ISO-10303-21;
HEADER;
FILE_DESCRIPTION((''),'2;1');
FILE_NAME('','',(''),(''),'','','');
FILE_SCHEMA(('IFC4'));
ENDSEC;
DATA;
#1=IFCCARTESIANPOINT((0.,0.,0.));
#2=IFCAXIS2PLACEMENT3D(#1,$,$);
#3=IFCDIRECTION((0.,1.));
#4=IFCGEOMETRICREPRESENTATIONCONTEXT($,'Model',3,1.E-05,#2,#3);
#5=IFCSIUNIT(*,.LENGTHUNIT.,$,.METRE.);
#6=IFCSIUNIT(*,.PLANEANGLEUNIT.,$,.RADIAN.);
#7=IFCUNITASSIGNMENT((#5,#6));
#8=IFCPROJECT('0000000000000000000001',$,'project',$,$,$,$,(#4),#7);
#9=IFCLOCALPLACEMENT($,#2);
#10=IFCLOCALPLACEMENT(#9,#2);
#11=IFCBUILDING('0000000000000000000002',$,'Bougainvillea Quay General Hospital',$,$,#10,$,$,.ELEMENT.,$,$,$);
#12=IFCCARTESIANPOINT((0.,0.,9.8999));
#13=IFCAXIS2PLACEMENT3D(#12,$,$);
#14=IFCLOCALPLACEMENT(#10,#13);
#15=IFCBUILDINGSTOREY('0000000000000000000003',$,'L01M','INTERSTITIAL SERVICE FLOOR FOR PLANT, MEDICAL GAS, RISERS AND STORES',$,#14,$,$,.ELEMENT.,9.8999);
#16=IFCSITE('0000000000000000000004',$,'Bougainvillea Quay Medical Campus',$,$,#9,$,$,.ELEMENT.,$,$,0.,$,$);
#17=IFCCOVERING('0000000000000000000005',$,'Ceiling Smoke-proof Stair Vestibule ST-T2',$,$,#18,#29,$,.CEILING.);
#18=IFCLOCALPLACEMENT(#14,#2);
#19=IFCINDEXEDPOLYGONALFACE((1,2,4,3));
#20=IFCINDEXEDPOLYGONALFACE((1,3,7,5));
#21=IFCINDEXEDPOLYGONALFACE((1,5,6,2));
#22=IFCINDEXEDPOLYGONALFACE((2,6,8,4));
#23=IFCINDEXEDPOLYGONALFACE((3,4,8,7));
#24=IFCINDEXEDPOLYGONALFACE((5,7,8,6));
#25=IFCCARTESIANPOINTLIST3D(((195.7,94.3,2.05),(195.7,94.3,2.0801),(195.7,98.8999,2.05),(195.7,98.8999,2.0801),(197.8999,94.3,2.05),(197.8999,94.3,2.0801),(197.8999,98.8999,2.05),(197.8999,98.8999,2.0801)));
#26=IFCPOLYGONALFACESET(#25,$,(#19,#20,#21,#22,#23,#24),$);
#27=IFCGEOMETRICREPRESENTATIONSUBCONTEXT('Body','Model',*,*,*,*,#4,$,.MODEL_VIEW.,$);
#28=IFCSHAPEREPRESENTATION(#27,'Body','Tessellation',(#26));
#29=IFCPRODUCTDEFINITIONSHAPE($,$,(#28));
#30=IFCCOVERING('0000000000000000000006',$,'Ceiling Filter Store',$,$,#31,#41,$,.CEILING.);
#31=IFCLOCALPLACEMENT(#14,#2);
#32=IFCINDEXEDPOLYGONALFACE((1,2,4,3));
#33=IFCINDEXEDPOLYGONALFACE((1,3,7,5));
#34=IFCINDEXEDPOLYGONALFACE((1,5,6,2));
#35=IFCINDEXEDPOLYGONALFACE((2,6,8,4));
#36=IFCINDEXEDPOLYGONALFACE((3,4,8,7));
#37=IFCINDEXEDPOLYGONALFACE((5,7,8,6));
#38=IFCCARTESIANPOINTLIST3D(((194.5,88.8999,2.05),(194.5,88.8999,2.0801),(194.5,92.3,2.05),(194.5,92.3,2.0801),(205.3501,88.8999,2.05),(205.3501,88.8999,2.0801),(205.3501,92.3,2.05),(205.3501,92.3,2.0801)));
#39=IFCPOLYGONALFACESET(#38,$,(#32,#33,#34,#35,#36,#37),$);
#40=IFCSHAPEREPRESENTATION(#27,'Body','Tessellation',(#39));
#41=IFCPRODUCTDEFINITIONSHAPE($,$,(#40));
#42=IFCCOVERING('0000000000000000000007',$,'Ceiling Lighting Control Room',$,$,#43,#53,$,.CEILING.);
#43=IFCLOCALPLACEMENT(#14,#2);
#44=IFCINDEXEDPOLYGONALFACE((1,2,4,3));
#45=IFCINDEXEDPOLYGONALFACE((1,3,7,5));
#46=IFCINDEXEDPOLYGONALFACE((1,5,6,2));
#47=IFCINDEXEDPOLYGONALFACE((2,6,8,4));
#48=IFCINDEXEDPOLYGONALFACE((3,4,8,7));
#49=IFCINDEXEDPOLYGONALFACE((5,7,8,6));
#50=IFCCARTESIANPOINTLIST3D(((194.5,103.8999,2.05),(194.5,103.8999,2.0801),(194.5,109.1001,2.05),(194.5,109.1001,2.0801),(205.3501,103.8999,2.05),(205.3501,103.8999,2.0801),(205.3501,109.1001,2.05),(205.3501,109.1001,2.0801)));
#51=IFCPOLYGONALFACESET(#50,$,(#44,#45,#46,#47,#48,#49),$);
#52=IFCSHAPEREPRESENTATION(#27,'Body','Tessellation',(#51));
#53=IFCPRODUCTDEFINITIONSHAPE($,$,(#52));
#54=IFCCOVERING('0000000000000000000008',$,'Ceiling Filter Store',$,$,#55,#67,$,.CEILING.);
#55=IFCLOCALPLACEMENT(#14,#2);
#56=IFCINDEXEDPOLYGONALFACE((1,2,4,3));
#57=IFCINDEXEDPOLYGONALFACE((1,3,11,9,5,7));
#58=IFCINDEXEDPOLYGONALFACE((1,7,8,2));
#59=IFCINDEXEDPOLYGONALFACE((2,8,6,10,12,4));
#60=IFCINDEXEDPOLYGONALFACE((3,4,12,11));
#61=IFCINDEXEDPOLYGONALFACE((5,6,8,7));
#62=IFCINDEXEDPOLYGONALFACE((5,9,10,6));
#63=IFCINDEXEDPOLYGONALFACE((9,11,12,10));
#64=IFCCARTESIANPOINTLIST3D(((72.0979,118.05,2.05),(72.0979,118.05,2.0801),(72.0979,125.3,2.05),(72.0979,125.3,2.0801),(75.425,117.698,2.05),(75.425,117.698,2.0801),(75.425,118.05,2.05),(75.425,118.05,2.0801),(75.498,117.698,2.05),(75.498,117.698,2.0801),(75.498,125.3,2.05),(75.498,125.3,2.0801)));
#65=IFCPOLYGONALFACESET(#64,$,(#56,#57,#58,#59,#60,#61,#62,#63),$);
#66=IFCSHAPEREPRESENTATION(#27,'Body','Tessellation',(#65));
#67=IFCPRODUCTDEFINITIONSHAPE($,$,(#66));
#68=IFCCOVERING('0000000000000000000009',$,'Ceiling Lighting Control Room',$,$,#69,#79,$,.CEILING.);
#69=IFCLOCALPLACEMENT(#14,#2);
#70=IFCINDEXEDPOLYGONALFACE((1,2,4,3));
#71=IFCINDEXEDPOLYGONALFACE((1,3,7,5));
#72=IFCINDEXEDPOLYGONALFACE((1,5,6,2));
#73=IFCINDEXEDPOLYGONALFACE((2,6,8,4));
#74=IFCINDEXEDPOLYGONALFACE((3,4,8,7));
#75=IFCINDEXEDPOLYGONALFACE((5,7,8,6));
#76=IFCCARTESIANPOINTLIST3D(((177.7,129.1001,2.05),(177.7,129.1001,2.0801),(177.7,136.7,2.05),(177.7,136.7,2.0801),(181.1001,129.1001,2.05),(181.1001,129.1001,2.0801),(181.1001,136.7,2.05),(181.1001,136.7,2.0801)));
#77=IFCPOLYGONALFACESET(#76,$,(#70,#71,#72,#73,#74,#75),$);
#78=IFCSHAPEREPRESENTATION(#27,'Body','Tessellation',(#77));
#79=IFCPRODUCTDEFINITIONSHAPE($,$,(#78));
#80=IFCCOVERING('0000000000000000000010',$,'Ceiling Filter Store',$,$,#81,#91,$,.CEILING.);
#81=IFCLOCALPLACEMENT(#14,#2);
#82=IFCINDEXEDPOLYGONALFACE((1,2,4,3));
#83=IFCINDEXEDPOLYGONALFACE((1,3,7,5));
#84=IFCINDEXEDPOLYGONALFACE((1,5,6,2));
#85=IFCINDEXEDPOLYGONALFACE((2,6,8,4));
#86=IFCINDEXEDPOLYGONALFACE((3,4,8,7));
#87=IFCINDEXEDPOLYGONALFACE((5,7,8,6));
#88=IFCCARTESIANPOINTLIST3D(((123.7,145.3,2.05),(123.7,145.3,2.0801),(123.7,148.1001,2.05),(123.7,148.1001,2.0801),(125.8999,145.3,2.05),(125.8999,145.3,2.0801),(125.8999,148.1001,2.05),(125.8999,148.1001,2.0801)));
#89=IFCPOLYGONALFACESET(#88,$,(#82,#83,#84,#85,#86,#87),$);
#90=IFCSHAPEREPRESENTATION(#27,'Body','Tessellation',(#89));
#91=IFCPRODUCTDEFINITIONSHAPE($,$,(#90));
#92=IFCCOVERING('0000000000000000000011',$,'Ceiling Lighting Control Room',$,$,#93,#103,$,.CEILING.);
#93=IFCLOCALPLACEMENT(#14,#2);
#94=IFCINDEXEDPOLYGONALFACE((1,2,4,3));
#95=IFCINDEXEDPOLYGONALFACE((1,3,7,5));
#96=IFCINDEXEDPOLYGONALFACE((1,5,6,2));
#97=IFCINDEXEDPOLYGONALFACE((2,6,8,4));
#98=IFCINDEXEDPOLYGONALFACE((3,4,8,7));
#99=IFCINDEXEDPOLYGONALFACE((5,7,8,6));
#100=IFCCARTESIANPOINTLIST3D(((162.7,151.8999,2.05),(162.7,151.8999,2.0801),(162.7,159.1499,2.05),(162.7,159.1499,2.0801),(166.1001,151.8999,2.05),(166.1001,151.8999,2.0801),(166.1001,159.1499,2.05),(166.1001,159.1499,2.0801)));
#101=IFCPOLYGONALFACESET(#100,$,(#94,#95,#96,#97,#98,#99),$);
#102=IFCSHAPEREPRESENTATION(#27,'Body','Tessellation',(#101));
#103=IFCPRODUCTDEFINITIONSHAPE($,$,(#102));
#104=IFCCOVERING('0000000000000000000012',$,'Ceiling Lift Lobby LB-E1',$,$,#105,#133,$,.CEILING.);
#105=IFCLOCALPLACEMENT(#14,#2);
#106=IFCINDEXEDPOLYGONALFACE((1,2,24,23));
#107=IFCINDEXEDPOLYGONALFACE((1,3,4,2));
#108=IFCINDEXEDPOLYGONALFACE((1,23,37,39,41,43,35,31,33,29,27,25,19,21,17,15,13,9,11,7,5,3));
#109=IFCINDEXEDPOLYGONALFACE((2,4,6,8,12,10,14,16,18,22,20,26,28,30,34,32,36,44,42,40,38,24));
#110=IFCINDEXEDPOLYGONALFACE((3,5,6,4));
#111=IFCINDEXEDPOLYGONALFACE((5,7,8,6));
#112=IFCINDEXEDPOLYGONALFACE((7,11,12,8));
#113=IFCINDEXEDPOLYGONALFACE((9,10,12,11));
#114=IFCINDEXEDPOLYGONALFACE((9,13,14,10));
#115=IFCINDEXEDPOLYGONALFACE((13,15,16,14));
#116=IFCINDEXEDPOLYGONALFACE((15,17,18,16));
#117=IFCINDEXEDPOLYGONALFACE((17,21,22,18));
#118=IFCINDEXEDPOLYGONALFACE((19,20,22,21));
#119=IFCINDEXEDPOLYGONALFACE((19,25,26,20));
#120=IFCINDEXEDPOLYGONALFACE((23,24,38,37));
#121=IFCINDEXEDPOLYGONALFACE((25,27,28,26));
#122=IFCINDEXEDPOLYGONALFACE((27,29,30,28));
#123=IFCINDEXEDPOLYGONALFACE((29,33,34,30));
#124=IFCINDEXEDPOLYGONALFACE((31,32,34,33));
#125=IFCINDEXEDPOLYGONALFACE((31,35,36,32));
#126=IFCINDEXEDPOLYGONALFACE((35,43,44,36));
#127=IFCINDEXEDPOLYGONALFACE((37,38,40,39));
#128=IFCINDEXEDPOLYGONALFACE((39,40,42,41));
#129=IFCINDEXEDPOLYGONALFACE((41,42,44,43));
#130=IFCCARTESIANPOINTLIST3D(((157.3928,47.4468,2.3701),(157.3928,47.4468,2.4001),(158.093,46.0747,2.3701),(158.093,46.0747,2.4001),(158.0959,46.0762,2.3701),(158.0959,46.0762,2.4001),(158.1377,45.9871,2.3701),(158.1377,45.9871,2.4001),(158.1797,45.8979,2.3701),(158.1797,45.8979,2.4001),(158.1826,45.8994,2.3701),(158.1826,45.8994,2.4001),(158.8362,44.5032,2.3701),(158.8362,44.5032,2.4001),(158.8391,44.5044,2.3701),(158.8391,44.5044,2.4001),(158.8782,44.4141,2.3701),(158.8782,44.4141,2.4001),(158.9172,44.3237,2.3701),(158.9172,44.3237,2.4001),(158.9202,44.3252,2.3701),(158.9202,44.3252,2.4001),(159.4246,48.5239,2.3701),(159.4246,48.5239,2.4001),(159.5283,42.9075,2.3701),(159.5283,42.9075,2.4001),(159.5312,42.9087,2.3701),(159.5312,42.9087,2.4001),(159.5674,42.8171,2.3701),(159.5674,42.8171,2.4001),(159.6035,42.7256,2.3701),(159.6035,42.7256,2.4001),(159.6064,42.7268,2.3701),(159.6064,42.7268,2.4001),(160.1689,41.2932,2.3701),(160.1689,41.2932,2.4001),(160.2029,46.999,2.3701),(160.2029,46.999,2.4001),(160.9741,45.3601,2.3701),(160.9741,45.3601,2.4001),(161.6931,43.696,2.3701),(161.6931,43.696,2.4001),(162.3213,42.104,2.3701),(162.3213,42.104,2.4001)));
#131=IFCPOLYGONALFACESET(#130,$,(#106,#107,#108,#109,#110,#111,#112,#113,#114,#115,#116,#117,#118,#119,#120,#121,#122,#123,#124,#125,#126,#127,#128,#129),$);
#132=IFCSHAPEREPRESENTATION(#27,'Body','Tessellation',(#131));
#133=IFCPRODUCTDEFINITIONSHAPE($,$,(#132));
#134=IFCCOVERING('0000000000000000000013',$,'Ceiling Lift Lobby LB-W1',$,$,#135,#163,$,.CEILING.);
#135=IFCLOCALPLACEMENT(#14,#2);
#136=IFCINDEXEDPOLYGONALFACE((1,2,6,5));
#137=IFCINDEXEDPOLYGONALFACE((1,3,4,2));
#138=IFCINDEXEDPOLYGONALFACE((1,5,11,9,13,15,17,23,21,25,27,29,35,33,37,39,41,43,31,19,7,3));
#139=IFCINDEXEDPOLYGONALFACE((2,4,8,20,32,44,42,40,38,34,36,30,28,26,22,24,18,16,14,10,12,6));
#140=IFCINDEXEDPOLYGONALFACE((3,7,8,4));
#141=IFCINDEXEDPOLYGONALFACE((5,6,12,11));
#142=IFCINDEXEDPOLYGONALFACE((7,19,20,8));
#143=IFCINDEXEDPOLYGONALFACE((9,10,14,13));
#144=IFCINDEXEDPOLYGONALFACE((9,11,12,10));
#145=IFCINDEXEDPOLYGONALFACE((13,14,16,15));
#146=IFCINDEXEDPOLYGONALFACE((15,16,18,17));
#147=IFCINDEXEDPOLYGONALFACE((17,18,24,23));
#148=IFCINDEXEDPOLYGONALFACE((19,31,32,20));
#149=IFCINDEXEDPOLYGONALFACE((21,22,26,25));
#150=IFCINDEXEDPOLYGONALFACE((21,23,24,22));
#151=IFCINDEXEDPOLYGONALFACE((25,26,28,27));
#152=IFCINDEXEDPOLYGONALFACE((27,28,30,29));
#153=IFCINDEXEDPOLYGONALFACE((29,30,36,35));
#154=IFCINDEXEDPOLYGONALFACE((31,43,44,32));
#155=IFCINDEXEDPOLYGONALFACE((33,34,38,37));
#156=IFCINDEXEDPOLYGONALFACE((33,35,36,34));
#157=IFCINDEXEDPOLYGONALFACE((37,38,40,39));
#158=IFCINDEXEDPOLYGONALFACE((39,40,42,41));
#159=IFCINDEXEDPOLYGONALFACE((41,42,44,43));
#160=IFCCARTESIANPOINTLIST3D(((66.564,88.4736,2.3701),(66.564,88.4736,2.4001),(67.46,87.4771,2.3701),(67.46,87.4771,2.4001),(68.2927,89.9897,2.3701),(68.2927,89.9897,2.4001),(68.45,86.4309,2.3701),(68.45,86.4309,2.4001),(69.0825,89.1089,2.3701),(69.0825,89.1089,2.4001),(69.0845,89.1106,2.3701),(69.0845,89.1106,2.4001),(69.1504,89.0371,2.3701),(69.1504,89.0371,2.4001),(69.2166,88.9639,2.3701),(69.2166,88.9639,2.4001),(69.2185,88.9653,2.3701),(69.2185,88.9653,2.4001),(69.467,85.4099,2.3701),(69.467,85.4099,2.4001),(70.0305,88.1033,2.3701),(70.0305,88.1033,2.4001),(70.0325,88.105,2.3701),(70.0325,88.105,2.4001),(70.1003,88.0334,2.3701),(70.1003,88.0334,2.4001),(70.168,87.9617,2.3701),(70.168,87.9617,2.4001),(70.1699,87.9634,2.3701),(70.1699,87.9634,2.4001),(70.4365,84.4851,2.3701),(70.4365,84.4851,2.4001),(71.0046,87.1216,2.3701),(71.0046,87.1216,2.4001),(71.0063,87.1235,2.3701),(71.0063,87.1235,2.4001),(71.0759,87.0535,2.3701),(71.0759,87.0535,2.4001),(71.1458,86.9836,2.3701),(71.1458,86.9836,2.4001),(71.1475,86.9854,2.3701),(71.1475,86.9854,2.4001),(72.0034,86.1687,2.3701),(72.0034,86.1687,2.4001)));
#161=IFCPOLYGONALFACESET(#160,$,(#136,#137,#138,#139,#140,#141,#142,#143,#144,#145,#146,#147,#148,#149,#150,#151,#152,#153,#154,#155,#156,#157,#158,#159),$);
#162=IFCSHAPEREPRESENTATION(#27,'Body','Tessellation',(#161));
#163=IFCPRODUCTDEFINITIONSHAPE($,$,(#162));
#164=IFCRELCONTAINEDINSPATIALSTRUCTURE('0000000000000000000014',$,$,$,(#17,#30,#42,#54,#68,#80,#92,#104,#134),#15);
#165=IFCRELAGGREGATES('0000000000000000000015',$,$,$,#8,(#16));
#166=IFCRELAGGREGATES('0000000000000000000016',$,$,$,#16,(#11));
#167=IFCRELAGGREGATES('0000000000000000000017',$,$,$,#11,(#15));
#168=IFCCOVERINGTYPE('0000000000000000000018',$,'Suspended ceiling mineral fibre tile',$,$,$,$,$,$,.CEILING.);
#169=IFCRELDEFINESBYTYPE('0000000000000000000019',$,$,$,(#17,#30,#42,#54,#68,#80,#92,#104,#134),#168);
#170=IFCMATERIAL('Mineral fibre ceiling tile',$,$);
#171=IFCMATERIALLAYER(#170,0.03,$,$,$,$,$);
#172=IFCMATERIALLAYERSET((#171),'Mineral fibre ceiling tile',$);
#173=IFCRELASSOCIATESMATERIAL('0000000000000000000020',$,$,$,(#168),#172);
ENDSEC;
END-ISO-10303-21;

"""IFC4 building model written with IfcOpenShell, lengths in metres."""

from ifc_helpers import new_model, si_unit, direction, frame, origin, place, context, subcontext, project, spatial, polyline, outline, extrude, material, layer, layer_set, type_object, element, save


model = new_model("IFC4")

# Units and contexts
model_context = context("Model", 3, precision=1e-05, world=origin(), true_north=direction((0.0, 1.0)))
body_context = subcontext(model_context, "Body", "Model", "MODEL_VIEW")
ifc_project = project(units=[si_unit("LENGTHUNIT", "METRE"), si_unit("PLANEANGLEUNIT", "RADIAN")], contexts=[model_context])

# Site, building, storey
site_placement = place(None, origin())
site = spatial("IfcSite", under=ifc_project, at=site_placement, Name="Bougainvillea Quay Medical Campus", CompositionType="ELEMENT", RefElevation=0.0)
building_placement = place(site_placement, origin())
building = spatial("IfcBuilding", under=site, at=building_placement, Name="Bougainvillea Quay General Hospital", CompositionType="ELEMENT")
storey_placement = place(building_placement, frame((0.0, 0.0, 9.8999)))
storey = spatial("IfcBuildingStorey", under=building, at=storey_placement, Name="L01M", Description="INTERSTITIAL SERVICE FLOOR FOR PLANT, MEDICAL GAS, RISERS AND STORES", CompositionType="ELEMENT", Elevation=9.8999)

# Coverings
ifc_material = material(Name="Mineral fibre ceiling tile")
ifc_layer = layer(ifc_material, 0.03)
ifc_layer_set = layer_set([ifc_layer], Name="Mineral fibre ceiling tile")
covering_type = type_object("IfcCoveringType", Name="Suspended ceiling mineral fibre tile", PredefinedType="CEILING", material=ifc_layer_set)
covering_1_placement = place(storey_placement, frame((0.0, 0.0, 2.05)))
element("IfcCovering", 1, at=covering_1_placement, inside=storey, type_object=covering_type, Name="Ceiling Smoke-proof Stair Vestibule ST-T2", PredefinedType="CEILING", context=body_context, shape_type="SweptSolid", body=[
    extrude(outline(polyline([(197.8999, 98.8999), (195.7, 98.8999), (195.7, 94.3), (197.8999, 94.3), (197.8999, 98.8999)])), origin(), (0.0, 0.0, 1.0), 0.03),
])
covering_2_placement = place(storey_placement, frame((0.0, 0.0, 2.05)))
element("IfcCovering", 2, at=covering_2_placement, inside=storey, type_object=covering_type, Name="Ceiling Filter Store", PredefinedType="CEILING", context=body_context, shape_type="SweptSolid", body=[
    extrude(outline(polyline([(205.3501, 88.8999), (205.3501, 92.3), (194.5, 92.3), (194.5, 88.8999), (205.3501, 88.8999)])), origin(), (0.0, 0.0, 1.0), 0.03),
])
covering_3_placement = place(storey_placement, frame((0.0, 0.0, 2.05)))
element("IfcCovering", 3, at=covering_3_placement, inside=storey, type_object=covering_type, Name="Ceiling Lighting Control Room", PredefinedType="CEILING", context=body_context, shape_type="SweptSolid", body=[
    extrude(outline(polyline([(205.3501, 103.8999), (205.3501, 109.1001), (194.5, 109.1001), (194.5, 103.8999), (205.3501, 103.8999)])), origin(), (0.0, 0.0, 1.0), 0.03),
])
covering_4_placement = place(storey_placement, frame((0.0, 0.0, 2.05)))
element("IfcCovering", 4, at=covering_4_placement, inside=storey, type_object=covering_type, Name="Ceiling Filter Store", PredefinedType="CEILING", context=body_context, shape_type="SweptSolid", body=[
    extrude(outline(polyline([(75.498, 125.3), (72.0979, 125.3), (72.0979, 118.05), (75.425, 118.05), (75.425, 117.698), (75.498, 117.698), (75.498, 125.3)])), origin(), (0.0, 0.0, 1.0), 0.03),
])
covering_5_placement = place(storey_placement, frame((0.0, 0.0, 2.05)))
element("IfcCovering", 5, at=covering_5_placement, inside=storey, type_object=covering_type, Name="Ceiling Lighting Control Room", PredefinedType="CEILING", context=body_context, shape_type="SweptSolid", body=[
    extrude(outline(polyline([(181.1001, 129.1001), (181.1001, 136.7), (177.7, 136.7), (177.7, 129.1001), (181.1001, 129.1001)])), origin(), (0.0, 0.0, 1.0), 0.03),
])
covering_6_placement = place(storey_placement, frame((0.0, 0.0, 2.05)))
element("IfcCovering", 6, at=covering_6_placement, inside=storey, type_object=covering_type, Name="Ceiling Filter Store", PredefinedType="CEILING", context=body_context, shape_type="SweptSolid", body=[
    extrude(outline(polyline([(123.7, 148.1001), (123.7, 145.3), (125.8999, 145.3), (125.8999, 148.1001), (123.7, 148.1001)])), origin(), (0.0, 0.0, 1.0), 0.03),
])
covering_7_placement = place(storey_placement, frame((0.0, 0.0, 2.05)))
element("IfcCovering", 7, at=covering_7_placement, inside=storey, type_object=covering_type, Name="Ceiling Lighting Control Room", PredefinedType="CEILING", context=body_context, shape_type="SweptSolid", body=[
    extrude(outline(polyline([(162.7, 151.8999), (166.1001, 151.8999), (166.1001, 159.1499), (162.7, 159.1499), (162.7, 151.8999)])), origin(), (0.0, 0.0, 1.0), 0.03),
])
covering_8_placement = place(storey_placement, frame((0.0, 0.0, 2.3701)))
element("IfcCovering", 8, at=covering_8_placement, inside=storey, type_object=covering_type, Name="Ceiling Lift Lobby LB-E1", PredefinedType="CEILING", context=body_context, shape_type="SweptSolid", body=[
    extrude(outline(polyline([(159.4246, 48.5239), (157.3928, 47.4468), (158.093, 46.0747), (158.0959, 46.0762), (158.1377, 45.9871), (158.1826, 45.8994), (158.1797, 45.8979), (158.8362, 44.5032), (158.8391, 44.5044), (158.8782, 44.4141), (158.9202, 44.3252), (158.9172, 44.3237), (159.5283, 42.9075), (159.5312, 42.9087), (159.5674, 42.8171), (159.6064, 42.7268), (159.6035, 42.7256), (160.1689, 41.2932), (162.3213, 42.104), (161.6931, 43.696), (160.9741, 45.3601), (160.2029, 46.999), (159.4246, 48.5239)])), origin(), (0.0, 0.0, 1.0), 0.03),
])
covering_9_placement = place(storey_placement, frame((0.0, 0.0, 2.3701)))
element("IfcCovering", 9, at=covering_9_placement, inside=storey, type_object=covering_type, Name="Ceiling Lift Lobby LB-W1", PredefinedType="CEILING", context=body_context, shape_type="SweptSolid", body=[
    extrude(outline(polyline([(70.4365, 84.4851), (72.0034, 86.1687), (71.1475, 86.9854), (71.1458, 86.9836), (71.0759, 87.0535), (71.0046, 87.1216), (71.0063, 87.1235), (70.1699, 87.9634), (70.168, 87.9617), (70.1003, 88.0334), (70.0305, 88.1033), (70.0325, 88.105), (69.2185, 88.9653), (69.2166, 88.9639), (69.1504, 89.0371), (69.0825, 89.1089), (69.0845, 89.1106), (68.2927, 89.9897), (66.564, 88.4736), (67.46, 87.4771), (68.45, 86.4309), (69.467, 85.4099), (70.4365, 84.4851)])), origin(), (0.0, 0.0, 1.0), 0.03),
])

save(model, "model.ifc")
